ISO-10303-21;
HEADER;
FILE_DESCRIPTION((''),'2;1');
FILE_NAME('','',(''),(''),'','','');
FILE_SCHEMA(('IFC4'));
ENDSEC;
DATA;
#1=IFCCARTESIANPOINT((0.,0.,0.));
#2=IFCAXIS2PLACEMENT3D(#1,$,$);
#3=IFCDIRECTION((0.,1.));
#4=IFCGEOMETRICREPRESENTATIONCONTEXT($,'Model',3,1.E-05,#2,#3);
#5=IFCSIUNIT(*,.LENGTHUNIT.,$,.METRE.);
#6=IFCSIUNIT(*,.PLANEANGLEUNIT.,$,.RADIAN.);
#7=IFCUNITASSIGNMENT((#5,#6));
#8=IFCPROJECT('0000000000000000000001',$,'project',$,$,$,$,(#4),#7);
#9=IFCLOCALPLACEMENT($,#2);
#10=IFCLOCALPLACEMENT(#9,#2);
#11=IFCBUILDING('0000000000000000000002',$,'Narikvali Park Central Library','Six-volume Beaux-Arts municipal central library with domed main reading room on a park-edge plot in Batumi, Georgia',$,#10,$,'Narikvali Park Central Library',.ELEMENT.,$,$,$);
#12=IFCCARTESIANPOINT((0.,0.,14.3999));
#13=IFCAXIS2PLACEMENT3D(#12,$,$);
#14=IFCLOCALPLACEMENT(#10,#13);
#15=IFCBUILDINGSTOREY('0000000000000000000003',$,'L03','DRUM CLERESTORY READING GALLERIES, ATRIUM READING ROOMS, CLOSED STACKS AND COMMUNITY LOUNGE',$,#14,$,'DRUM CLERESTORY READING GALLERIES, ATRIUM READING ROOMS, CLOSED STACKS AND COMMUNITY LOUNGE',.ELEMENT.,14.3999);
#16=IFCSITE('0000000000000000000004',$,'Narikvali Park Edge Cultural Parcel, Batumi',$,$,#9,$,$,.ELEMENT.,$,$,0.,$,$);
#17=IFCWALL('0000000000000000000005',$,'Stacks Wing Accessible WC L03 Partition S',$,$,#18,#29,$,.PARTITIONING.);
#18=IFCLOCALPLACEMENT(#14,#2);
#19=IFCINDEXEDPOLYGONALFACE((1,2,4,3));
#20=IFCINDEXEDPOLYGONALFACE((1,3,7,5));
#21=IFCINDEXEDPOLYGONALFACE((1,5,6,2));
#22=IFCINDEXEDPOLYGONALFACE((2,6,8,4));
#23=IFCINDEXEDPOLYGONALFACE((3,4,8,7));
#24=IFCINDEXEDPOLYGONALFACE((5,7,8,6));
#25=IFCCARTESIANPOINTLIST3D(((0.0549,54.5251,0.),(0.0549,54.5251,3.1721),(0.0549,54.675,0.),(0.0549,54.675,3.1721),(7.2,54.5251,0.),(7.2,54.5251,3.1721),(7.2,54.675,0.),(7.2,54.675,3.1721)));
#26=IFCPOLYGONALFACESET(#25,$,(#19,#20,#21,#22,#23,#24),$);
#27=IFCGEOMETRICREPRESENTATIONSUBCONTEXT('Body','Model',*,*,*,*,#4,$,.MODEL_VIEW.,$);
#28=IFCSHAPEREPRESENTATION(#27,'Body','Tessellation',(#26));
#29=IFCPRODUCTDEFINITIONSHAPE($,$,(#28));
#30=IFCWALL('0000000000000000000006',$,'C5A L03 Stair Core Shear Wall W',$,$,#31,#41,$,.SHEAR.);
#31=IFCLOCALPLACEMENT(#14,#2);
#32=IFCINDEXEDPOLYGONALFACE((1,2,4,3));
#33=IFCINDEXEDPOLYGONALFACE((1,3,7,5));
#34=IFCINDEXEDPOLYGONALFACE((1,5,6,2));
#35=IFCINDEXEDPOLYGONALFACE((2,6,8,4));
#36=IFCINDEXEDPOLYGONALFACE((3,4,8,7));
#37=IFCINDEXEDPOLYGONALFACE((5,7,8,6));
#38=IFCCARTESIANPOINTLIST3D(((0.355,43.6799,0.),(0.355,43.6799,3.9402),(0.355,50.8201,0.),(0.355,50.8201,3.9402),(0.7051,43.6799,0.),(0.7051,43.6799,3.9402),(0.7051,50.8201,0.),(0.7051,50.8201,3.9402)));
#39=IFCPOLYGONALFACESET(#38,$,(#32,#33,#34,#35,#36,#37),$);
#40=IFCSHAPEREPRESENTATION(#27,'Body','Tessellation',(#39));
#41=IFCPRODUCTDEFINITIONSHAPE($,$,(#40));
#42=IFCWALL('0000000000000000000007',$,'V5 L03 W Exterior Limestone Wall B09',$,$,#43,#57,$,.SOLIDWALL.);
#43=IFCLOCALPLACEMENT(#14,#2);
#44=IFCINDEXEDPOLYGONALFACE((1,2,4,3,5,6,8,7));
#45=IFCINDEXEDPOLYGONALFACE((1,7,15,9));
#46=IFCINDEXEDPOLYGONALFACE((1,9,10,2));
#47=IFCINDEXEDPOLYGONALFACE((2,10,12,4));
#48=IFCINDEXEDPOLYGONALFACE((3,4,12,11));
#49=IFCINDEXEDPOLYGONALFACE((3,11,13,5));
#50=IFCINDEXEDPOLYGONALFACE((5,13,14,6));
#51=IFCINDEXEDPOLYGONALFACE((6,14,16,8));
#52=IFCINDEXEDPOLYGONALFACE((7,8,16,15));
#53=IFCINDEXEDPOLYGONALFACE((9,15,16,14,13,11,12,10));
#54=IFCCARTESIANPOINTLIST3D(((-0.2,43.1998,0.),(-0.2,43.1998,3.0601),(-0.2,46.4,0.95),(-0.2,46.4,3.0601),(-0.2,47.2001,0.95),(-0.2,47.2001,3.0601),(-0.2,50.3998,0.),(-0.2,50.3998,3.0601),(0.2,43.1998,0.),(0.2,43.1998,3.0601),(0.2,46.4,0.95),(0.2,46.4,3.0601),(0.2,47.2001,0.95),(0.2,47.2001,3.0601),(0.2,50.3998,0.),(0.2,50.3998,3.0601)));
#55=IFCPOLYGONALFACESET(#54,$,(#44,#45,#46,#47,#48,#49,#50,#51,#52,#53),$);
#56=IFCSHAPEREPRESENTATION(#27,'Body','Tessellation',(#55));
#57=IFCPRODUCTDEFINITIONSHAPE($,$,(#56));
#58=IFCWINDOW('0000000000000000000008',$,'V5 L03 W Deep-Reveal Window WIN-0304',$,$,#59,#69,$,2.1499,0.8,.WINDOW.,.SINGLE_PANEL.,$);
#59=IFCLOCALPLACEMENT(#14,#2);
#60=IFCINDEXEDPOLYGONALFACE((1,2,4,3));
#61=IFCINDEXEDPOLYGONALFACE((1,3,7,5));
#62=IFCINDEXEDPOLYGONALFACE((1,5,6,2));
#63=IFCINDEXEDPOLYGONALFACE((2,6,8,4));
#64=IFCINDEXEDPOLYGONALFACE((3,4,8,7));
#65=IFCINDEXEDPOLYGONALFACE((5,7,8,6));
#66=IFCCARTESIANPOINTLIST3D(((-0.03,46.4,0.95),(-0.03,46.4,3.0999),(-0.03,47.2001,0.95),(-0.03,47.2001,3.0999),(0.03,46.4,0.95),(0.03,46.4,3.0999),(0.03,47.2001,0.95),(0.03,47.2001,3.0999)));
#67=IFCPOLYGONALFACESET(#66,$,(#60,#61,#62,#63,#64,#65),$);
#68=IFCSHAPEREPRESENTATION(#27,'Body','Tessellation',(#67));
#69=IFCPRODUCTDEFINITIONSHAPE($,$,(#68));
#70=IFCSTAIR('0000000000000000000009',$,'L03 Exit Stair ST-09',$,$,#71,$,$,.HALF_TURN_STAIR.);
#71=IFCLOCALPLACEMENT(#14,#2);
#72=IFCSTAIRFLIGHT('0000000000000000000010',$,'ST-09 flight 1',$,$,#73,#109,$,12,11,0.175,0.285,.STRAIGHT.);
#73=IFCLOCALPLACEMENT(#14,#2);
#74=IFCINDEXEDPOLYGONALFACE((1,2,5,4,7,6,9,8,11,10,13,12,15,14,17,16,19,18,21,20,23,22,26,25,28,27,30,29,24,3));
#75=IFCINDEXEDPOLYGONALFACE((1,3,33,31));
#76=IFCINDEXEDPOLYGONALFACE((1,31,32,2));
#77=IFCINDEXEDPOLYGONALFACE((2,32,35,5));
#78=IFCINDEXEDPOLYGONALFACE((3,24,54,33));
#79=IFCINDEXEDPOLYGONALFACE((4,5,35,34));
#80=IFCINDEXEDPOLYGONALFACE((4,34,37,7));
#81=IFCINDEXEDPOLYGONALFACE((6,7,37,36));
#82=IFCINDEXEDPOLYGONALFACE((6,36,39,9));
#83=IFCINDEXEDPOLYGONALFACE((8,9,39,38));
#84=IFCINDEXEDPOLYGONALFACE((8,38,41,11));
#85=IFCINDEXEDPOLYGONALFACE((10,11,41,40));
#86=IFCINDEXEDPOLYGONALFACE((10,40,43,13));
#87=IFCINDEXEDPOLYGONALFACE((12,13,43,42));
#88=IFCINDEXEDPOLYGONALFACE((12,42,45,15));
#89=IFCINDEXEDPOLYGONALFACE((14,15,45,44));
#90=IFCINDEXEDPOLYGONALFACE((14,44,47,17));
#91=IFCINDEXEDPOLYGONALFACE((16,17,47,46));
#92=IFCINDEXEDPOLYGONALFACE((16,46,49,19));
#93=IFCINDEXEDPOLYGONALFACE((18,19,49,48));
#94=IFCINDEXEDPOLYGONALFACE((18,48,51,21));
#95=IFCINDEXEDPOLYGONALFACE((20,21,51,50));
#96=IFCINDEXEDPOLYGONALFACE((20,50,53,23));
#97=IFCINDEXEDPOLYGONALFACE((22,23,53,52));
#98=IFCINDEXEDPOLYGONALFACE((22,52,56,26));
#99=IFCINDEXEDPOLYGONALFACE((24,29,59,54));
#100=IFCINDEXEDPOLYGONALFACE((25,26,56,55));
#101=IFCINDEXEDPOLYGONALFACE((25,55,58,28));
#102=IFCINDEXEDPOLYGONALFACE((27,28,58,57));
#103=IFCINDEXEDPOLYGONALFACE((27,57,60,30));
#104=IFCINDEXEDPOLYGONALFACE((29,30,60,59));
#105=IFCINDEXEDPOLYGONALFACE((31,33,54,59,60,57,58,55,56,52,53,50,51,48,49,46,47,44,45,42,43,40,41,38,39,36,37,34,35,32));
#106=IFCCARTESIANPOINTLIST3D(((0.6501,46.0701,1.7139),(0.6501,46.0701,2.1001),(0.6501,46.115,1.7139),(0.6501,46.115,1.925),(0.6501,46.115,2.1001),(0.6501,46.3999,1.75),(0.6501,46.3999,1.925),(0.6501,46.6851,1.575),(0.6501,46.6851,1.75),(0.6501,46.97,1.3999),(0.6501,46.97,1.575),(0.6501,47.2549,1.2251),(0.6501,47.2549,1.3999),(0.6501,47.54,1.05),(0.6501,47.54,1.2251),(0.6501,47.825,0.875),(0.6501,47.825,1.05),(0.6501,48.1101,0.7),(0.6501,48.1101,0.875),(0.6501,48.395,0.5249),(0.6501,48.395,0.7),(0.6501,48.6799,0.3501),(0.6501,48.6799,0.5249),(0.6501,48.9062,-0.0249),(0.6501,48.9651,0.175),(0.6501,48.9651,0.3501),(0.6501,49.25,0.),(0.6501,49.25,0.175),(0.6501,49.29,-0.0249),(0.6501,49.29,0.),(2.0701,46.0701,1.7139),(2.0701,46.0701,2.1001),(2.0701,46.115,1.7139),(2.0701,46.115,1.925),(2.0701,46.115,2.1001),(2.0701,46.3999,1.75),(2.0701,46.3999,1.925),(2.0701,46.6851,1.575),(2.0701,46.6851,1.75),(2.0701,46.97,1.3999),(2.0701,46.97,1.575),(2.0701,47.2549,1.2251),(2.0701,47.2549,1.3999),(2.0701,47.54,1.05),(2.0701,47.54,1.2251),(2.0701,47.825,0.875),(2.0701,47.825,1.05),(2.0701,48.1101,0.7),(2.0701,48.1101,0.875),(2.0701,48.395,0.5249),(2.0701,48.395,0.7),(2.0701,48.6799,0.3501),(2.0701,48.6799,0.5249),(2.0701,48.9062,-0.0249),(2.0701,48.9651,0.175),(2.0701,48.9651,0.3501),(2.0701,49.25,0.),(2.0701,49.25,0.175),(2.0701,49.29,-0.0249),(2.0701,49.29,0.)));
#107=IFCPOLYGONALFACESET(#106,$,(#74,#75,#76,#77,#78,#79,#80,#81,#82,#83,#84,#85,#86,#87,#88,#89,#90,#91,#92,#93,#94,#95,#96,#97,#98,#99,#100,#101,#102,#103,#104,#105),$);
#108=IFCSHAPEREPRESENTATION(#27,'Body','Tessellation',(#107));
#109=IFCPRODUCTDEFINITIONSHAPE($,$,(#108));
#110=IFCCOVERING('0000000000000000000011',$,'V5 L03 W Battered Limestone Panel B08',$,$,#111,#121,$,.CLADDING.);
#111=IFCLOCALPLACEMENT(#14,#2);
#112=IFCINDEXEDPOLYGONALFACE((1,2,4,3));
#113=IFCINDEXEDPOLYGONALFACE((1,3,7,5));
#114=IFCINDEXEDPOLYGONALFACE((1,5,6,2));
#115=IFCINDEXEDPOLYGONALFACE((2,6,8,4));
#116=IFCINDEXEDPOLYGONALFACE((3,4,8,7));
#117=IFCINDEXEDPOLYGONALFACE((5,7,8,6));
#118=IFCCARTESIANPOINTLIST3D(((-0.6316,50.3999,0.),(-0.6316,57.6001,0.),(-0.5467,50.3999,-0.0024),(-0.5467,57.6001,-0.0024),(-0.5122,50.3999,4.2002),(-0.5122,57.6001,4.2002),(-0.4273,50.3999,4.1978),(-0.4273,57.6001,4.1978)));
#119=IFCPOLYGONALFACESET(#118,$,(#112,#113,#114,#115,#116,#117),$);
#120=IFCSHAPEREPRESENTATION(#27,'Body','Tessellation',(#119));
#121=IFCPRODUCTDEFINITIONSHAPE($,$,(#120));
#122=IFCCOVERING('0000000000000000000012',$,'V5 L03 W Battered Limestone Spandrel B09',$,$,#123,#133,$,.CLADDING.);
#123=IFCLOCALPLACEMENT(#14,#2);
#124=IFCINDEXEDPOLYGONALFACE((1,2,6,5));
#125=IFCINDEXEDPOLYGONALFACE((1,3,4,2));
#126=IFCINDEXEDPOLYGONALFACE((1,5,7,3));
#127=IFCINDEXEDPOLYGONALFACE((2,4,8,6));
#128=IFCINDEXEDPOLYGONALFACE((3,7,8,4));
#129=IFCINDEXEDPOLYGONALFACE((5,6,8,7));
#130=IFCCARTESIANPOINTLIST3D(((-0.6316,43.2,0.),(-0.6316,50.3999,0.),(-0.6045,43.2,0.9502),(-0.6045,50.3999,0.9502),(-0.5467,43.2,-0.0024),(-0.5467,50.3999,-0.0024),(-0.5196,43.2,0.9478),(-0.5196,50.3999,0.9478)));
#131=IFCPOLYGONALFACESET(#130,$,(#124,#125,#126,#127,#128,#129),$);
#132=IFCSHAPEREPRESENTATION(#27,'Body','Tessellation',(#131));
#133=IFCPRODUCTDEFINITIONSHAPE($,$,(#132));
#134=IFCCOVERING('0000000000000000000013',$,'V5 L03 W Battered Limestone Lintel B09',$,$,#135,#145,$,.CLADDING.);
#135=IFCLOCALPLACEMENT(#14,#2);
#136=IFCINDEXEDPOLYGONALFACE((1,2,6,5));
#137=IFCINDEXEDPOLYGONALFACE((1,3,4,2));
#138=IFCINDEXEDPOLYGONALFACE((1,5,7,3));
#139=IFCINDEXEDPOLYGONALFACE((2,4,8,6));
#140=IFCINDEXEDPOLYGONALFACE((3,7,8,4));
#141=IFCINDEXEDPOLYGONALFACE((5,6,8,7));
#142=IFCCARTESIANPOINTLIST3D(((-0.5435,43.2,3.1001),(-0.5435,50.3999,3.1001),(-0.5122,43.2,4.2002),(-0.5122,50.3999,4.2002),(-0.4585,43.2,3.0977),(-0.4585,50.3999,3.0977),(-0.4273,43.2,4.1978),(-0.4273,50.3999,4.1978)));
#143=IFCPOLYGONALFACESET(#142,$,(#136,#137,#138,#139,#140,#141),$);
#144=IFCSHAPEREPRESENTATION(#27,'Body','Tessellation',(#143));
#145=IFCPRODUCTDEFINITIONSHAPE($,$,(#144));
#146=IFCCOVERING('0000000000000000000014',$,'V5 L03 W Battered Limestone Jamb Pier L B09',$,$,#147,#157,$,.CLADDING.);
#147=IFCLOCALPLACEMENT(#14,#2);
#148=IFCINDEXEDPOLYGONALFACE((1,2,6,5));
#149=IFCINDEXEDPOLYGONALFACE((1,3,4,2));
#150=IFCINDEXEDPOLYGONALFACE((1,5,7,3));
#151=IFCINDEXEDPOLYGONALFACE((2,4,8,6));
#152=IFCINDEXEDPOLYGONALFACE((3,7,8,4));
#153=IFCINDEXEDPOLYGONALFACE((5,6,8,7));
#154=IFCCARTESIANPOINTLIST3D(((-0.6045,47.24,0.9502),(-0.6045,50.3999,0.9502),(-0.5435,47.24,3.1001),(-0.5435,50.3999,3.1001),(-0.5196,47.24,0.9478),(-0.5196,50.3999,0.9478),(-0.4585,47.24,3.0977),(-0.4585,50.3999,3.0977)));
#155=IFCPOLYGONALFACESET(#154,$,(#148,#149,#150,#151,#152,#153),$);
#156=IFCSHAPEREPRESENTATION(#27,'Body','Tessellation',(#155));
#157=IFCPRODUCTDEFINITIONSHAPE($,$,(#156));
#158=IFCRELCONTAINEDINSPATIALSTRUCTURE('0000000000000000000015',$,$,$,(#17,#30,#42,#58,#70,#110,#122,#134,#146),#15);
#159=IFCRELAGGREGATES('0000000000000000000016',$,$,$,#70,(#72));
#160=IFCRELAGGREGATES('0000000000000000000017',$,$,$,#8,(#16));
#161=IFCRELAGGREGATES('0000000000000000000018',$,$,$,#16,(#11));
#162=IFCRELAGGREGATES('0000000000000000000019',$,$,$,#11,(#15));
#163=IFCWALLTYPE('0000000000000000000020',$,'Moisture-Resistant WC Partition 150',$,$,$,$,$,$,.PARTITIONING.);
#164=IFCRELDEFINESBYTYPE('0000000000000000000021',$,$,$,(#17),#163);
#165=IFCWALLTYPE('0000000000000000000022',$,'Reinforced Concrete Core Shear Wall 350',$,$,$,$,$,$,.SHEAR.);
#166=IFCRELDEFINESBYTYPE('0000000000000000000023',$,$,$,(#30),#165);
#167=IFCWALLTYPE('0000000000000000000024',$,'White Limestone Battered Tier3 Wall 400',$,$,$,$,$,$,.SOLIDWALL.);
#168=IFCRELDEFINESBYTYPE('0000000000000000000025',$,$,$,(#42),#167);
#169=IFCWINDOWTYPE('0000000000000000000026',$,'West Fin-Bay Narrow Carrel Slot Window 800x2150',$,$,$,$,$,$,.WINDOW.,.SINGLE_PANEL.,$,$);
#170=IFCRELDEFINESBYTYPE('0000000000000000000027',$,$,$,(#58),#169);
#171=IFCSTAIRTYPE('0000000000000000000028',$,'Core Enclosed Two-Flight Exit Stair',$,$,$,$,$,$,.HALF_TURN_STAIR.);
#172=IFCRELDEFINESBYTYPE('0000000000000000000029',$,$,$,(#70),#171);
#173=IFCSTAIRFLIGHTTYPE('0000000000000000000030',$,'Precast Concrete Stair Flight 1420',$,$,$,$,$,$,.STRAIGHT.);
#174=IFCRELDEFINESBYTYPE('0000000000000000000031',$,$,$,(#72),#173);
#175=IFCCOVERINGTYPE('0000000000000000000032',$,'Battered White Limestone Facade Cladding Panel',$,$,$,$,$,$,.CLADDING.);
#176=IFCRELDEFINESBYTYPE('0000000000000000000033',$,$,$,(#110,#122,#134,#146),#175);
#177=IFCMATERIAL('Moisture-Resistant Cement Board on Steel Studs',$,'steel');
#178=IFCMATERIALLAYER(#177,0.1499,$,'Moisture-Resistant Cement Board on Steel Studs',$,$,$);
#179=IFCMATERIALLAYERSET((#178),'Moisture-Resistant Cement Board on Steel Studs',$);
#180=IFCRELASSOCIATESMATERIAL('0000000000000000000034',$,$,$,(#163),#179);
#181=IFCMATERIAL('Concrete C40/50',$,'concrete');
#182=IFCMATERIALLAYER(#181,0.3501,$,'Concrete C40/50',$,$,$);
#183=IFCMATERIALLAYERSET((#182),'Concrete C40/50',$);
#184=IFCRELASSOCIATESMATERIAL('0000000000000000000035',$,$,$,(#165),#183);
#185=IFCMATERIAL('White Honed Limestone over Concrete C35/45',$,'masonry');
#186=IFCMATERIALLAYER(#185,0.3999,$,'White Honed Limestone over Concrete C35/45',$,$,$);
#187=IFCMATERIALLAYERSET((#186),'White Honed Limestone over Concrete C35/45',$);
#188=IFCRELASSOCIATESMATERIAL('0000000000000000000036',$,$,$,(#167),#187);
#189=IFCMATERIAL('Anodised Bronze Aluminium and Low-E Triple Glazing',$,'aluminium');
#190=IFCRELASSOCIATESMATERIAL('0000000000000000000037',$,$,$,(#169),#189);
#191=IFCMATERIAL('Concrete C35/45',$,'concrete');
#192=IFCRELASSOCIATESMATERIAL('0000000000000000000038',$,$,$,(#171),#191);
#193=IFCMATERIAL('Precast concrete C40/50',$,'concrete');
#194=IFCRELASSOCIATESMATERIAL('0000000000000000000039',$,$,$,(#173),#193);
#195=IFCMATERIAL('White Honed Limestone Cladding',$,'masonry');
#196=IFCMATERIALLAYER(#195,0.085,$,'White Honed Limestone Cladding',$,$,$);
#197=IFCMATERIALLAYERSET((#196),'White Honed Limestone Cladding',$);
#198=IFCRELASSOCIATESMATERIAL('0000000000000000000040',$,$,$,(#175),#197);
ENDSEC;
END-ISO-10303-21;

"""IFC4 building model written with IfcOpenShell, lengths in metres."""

from ifc_helpers import new_model, si_unit, direction, frame, frame_2d, origin, place, context, subcontext, project, spatial, polyline, rectangle, outline, extrude, material, layer, layer_set, type_object, element, fill, aggregate, save


model = new_model("IFC4")

# Units and contexts
model_context = context("Model", 3, precision=1e-05, world=origin(), true_north=direction((0.0, 1.0)))
body_context = subcontext(model_context, "Body", "Model", "MODEL_VIEW")
ifc_project = project(units=[si_unit("LENGTHUNIT", "METRE"), si_unit("PLANEANGLEUNIT", "RADIAN")], contexts=[model_context])

# Site, building, storey
site_placement = place(None, origin())
site = spatial("IfcSite", under=ifc_project, at=site_placement, Name="Narikvali Park Edge Cultural Parcel, Batumi", CompositionType="ELEMENT", RefElevation=0.0)
building_placement = place(site_placement, origin())
building = spatial("IfcBuilding", under=site, at=building_placement, Name="Narikvali Park Central Library", Description="Six-volume Beaux-Arts municipal central library with domed main reading room on a park-edge plot in Batumi, Georgia", LongName="Narikvali Park Central Library", CompositionType="ELEMENT")
storey_placement = place(building_placement, frame((0.0, 0.0, 14.3999)))
storey = spatial("IfcBuildingStorey", under=building, at=storey_placement, Name="L03", Description="DRUM CLERESTORY READING GALLERIES, ATRIUM READING ROOMS, CLOSED STACKS AND COMMUNITY LOUNGE", LongName="DRUM CLERESTORY READING GALLERIES, ATRIUM READING ROOMS, CLOSED STACKS AND COMMUNITY LOUNGE", CompositionType="ELEMENT", Elevation=14.3999)

# Walls
ifc_material_1 = material(Name="Moisture-Resistant Cement Board on Steel Studs", Category="steel")
ifc_layer_1 = layer(ifc_material_1, 0.1499, Name="Moisture-Resistant Cement Board on Steel Studs")
ifc_layer_set_1 = layer_set([ifc_layer_1], Name="Moisture-Resistant Cement Board on Steel Studs")
wall_type_1 = type_object("IfcWallType", Name="Moisture-Resistant WC Partition 150", PredefinedType="PARTITIONING", material=ifc_layer_set_1)
wall_1_placement = place(storey_placement, frame((0.0549, 54.6001, 0.0), z_axis=(0.0, 0.0, 1.0), x_axis=(1.0, 0.0, 0.0)))
element("IfcWall", 1, at=wall_1_placement, inside=storey, type_object=wall_type_1, Name="Stacks Wing Accessible WC L03 Partition S", PredefinedType="PARTITIONING", context=body_context, shape_type="SweptSolid", body=[
    extrude(rectangle(XDim=7.145, YDim=0.1499, at=frame_2d((3.5725, 0.0))), origin(), (0.0, 0.0, 1.0), 3.1721),
])
ifc_material_2 = material(Name="Concrete C40/50", Category="concrete")
ifc_layer_2 = layer(ifc_material_2, 0.3501, Name="Concrete C40/50")
ifc_layer_set_2 = layer_set([ifc_layer_2], Name="Concrete C40/50")
wall_type_2 = type_object("IfcWallType", Name="Reinforced Concrete Core Shear Wall 350", PredefinedType="SHEAR", material=ifc_layer_set_2)
wall_2_placement = place(storey_placement, frame((0.53, 50.8201, 0.0), z_axis=(0.0, 0.0, 1.0), x_axis=(0.0, -1.0, 0.0)))
element("IfcWall", 2, at=wall_2_placement, inside=storey, type_object=wall_type_2, Name="C5A L03 Stair Core Shear Wall W", PredefinedType="SHEAR", context=body_context, shape_type="SweptSolid", body=[
    extrude(rectangle(XDim=7.1401, YDim=0.3501, at=frame_2d((3.5701, 0.0))), origin(), (0.0, 0.0, 1.0), 3.9402),
])

# Wall, opening, window
ifc_material_3 = material(Name="White Honed Limestone over Concrete C35/45", Category="masonry")
ifc_layer_3 = layer(ifc_material_3, 0.3999, Name="White Honed Limestone over Concrete C35/45")
ifc_layer_set_3 = layer_set([ifc_layer_3], Name="White Honed Limestone over Concrete C35/45")
wall_type_3 = type_object("IfcWallType", Name="White Limestone Battered Tier3 Wall 400", PredefinedType="SOLIDWALL", material=ifc_layer_set_3)
wall_3_placement = place(storey_placement, frame((0.0, 50.3999, 0.0), z_axis=(0.0, 0.0, 1.0), x_axis=(0.0, -1.0, 0.0)))
wall_3 = element("IfcWall", 3, at=wall_3_placement, inside=storey, type_object=wall_type_3, Name="V5 L03 W Exterior Limestone Wall B09", PredefinedType="SOLIDWALL", context=body_context, shape_type="SweptSolid", body=[
    extrude(rectangle(XDim=7.2, YDim=0.3999, at=frame_2d((3.6001, 0.0))), origin(), (0.0, 0.0, 1.0), 3.0601),
])
opening_placement = place(wall_3_placement, frame((3.2, 0.0, 0.95)))
opening = element("IfcOpeningElement", 4, at=opening_placement, cuts=wall_3, PredefinedType="OPENING", context=body_context, shape_type="SweptSolid", body=[
    extrude(rectangle(XDim=0.8, YDim=2.1499, at=frame_2d((0.3999, 1.075))), frame((0.0, 0.2119, 0.0), z_axis=(0.0, -1.0, 0.0), x_axis=(1.0, 0.0, 0.0)), (0.0, 0.0, 1.0), 0.4238),
])
ifc_material_4 = material(Name="Anodised Bronze Aluminium and Low-E Triple Glazing", Category="aluminium")
window_type = type_object("IfcWindowType", Name="West Fin-Bay Narrow Carrel Slot Window 800x2150", PartitioningType="SINGLE_PANEL", PredefinedType="WINDOW", material=ifc_material_4)
window_placement = place(opening_placement, origin())
window = element("IfcWindow", 5, at=window_placement, inside=storey, type_object=window_type, Name="V5 L03 W Deep-Reveal Window WIN-0304", OverallHeight=2.1499, OverallWidth=0.8, PartitioningType="SINGLE_PANEL", PredefinedType="WINDOW", context=body_context, shape_type="SweptSolid", body=[
    extrude(rectangle(XDim=0.8, YDim=2.1499, at=frame_2d((0.3999, 1.075))), frame((0.0, 0.03, 0.0), z_axis=(0.0, -1.0, 0.0), x_axis=(1.0, 0.0, 0.0)), (0.0, 0.0, 1.0), 0.0601),
])
fill(opening, window)

# Stair, stair flight
ifc_material_5 = material(Name="Concrete C35/45", Category="concrete")
stair_type = type_object("IfcStairType", Name="Core Enclosed Two-Flight Exit Stair", PredefinedType="HALF_TURN_STAIR", material=ifc_material_5)
stair_placement = place(storey_placement, origin())
stair = element("IfcStair", 6, at=stair_placement, inside=storey, type_object=stair_type, Name="L03 Exit Stair ST-09", PredefinedType="HALF_TURN_STAIR")
ifc_material_6 = material(Name="Precast concrete C40/50", Category="concrete")
stair_flight_type = type_object("IfcStairFlightType", Name="Precast Concrete Stair Flight 1420", PredefinedType="STRAIGHT", material=ifc_material_6)
stair_flight_placement = place(storey_placement, frame((1.3601, 49.25, 0.0), z_axis=(0.0, 0.0, 1.0), x_axis=(0.0, -1.0, 0.0)))
stair_flight = element("IfcStairFlight", 7, at=stair_flight_placement, type_object=stair_flight_type, Name="ST-09 flight 1", NumberOfRisers=12, NumberOfTreads=11, PredefinedType="STRAIGHT", RiserHeight=0.175, TreadLength=0.285, context=body_context, shape_type="SweptSolid", body=[
    extrude(outline(polyline([(-0.04, -0.0249), (-0.04, 0.0), (0.0, 0.0), (0.0, 0.175), (0.2849, 0.175), (0.2849, 0.3501), (0.5701, 0.3501), (0.5701, 0.5249), (0.855, 0.5249), (0.855, 0.7), (1.1399, 0.7), (1.1399, 0.875), (1.425, 0.875), (1.425, 1.05), (1.71, 1.05), (1.71, 1.2251), (1.9951, 1.2251), (1.9951, 1.3999), (2.28, 1.3999), (2.28, 1.575), (2.5649, 1.575), (2.5649, 1.75), (2.8501, 1.75), (2.8501, 1.925), (3.135, 1.925), (3.135, 2.1001), (3.1799, 2.1001), (3.1799, 1.7139), (3.135, 1.7139), (0.3438, -0.0249), (-0.04, -0.0249)])), frame((0.0, 0.71, 0.0), z_axis=(0.0, -1.0, 0.0), x_axis=(1.0, 0.0, 0.0)), (0.0, 0.0, 1.0), 1.4199),
])
aggregate(stair, [stair_flight])

# Coverings
ifc_material_7 = material(Name="White Honed Limestone Cladding", Category="masonry")
ifc_layer_4 = layer(ifc_material_7, 0.085, Name="White Honed Limestone Cladding")
ifc_layer_set_4 = layer_set([ifc_layer_4], Name="White Honed Limestone Cladding")
covering_type = type_object("IfcCoveringType", Name="Battered White Limestone Facade Cladding Panel", PredefinedType="CLADDING", material=ifc_layer_set_4)
covering_1_placement = place(storey_placement, frame((-0.6316, 57.6001, 0.0), z_axis=(-0.999596, 0.0, 0.028412), x_axis=(0.0, -1.0, 0.0)))
element("IfcCovering", 8, at=covering_1_placement, inside=storey, type_object=covering_type, Name="V5 L03 W Battered Limestone Panel B08", PredefinedType="CLADDING", context=body_context, shape_type="SweptSolid", body=[
    extrude(outline(polyline([(0.0, 0.0), (7.2002, 0.0), (7.2002, 4.2019), (0.0, 4.2019), (0.0, 0.0)])), origin(), (0.0, 0.0, -1.0), 0.085),
])
covering_2_placement = place(storey_placement, frame((-0.6316, 50.3999, 0.0), z_axis=(-0.999594, 0.0, 0.028508), x_axis=(0.0, -1.0, 0.0)))
element("IfcCovering", 9, at=covering_2_placement, inside=storey, type_object=covering_type, Name="V5 L03 W Battered Limestone Spandrel B09", PredefinedType="CLADDING", context=body_context, shape_type="SweptSolid", body=[
    extrude(outline(polyline([(0.0, 0.0), (7.2, 0.0), (7.2, 0.9506), (0.0, 0.9506), (0.0, 0.0)])), origin(), (0.0, 0.0, -1.0), 0.085),
])
covering_3_placement = place(storey_placement, frame((-0.5435, 50.3999, 3.1001), z_axis=(-0.999597, 0.0, 0.028395), x_axis=(0.0, -1.0, 0.0)))
element("IfcCovering", 10, at=covering_3_placement, inside=storey, type_object=covering_type, Name="V5 L03 W Battered Limestone Lintel B09", PredefinedType="CLADDING", context=body_context, shape_type="SweptSolid", body=[
    extrude(outline(polyline([(0.0, 0.0), (7.2, 0.0), (7.2, 1.1005), (0.0, 1.1005), (0.0, 0.0)])), origin(), (0.0, 0.0, -1.0), 0.085),
])
covering_4_placement = place(storey_placement, frame((-0.6045, 50.3999, 0.9502), z_axis=(-0.999597, 0.0, 0.028378), x_axis=(0.0, -1.0, 0.0)))
element("IfcCovering", 11, at=covering_4_placement, inside=storey, type_object=covering_type, Name="V5 L03 W Battered Limestone Jamb Pier L B09", PredefinedType="CLADDING", context=body_context, shape_type="SweptSolid", body=[
    extrude(outline(polyline([(0.0, 0.0), (3.1599, 0.0), (3.1599, 2.1508), (0.0, 2.1508), (0.0, 0.0)])), origin(), (0.0, 0.0, -1.0), 0.085),
])

save(model, "model.ifc")
